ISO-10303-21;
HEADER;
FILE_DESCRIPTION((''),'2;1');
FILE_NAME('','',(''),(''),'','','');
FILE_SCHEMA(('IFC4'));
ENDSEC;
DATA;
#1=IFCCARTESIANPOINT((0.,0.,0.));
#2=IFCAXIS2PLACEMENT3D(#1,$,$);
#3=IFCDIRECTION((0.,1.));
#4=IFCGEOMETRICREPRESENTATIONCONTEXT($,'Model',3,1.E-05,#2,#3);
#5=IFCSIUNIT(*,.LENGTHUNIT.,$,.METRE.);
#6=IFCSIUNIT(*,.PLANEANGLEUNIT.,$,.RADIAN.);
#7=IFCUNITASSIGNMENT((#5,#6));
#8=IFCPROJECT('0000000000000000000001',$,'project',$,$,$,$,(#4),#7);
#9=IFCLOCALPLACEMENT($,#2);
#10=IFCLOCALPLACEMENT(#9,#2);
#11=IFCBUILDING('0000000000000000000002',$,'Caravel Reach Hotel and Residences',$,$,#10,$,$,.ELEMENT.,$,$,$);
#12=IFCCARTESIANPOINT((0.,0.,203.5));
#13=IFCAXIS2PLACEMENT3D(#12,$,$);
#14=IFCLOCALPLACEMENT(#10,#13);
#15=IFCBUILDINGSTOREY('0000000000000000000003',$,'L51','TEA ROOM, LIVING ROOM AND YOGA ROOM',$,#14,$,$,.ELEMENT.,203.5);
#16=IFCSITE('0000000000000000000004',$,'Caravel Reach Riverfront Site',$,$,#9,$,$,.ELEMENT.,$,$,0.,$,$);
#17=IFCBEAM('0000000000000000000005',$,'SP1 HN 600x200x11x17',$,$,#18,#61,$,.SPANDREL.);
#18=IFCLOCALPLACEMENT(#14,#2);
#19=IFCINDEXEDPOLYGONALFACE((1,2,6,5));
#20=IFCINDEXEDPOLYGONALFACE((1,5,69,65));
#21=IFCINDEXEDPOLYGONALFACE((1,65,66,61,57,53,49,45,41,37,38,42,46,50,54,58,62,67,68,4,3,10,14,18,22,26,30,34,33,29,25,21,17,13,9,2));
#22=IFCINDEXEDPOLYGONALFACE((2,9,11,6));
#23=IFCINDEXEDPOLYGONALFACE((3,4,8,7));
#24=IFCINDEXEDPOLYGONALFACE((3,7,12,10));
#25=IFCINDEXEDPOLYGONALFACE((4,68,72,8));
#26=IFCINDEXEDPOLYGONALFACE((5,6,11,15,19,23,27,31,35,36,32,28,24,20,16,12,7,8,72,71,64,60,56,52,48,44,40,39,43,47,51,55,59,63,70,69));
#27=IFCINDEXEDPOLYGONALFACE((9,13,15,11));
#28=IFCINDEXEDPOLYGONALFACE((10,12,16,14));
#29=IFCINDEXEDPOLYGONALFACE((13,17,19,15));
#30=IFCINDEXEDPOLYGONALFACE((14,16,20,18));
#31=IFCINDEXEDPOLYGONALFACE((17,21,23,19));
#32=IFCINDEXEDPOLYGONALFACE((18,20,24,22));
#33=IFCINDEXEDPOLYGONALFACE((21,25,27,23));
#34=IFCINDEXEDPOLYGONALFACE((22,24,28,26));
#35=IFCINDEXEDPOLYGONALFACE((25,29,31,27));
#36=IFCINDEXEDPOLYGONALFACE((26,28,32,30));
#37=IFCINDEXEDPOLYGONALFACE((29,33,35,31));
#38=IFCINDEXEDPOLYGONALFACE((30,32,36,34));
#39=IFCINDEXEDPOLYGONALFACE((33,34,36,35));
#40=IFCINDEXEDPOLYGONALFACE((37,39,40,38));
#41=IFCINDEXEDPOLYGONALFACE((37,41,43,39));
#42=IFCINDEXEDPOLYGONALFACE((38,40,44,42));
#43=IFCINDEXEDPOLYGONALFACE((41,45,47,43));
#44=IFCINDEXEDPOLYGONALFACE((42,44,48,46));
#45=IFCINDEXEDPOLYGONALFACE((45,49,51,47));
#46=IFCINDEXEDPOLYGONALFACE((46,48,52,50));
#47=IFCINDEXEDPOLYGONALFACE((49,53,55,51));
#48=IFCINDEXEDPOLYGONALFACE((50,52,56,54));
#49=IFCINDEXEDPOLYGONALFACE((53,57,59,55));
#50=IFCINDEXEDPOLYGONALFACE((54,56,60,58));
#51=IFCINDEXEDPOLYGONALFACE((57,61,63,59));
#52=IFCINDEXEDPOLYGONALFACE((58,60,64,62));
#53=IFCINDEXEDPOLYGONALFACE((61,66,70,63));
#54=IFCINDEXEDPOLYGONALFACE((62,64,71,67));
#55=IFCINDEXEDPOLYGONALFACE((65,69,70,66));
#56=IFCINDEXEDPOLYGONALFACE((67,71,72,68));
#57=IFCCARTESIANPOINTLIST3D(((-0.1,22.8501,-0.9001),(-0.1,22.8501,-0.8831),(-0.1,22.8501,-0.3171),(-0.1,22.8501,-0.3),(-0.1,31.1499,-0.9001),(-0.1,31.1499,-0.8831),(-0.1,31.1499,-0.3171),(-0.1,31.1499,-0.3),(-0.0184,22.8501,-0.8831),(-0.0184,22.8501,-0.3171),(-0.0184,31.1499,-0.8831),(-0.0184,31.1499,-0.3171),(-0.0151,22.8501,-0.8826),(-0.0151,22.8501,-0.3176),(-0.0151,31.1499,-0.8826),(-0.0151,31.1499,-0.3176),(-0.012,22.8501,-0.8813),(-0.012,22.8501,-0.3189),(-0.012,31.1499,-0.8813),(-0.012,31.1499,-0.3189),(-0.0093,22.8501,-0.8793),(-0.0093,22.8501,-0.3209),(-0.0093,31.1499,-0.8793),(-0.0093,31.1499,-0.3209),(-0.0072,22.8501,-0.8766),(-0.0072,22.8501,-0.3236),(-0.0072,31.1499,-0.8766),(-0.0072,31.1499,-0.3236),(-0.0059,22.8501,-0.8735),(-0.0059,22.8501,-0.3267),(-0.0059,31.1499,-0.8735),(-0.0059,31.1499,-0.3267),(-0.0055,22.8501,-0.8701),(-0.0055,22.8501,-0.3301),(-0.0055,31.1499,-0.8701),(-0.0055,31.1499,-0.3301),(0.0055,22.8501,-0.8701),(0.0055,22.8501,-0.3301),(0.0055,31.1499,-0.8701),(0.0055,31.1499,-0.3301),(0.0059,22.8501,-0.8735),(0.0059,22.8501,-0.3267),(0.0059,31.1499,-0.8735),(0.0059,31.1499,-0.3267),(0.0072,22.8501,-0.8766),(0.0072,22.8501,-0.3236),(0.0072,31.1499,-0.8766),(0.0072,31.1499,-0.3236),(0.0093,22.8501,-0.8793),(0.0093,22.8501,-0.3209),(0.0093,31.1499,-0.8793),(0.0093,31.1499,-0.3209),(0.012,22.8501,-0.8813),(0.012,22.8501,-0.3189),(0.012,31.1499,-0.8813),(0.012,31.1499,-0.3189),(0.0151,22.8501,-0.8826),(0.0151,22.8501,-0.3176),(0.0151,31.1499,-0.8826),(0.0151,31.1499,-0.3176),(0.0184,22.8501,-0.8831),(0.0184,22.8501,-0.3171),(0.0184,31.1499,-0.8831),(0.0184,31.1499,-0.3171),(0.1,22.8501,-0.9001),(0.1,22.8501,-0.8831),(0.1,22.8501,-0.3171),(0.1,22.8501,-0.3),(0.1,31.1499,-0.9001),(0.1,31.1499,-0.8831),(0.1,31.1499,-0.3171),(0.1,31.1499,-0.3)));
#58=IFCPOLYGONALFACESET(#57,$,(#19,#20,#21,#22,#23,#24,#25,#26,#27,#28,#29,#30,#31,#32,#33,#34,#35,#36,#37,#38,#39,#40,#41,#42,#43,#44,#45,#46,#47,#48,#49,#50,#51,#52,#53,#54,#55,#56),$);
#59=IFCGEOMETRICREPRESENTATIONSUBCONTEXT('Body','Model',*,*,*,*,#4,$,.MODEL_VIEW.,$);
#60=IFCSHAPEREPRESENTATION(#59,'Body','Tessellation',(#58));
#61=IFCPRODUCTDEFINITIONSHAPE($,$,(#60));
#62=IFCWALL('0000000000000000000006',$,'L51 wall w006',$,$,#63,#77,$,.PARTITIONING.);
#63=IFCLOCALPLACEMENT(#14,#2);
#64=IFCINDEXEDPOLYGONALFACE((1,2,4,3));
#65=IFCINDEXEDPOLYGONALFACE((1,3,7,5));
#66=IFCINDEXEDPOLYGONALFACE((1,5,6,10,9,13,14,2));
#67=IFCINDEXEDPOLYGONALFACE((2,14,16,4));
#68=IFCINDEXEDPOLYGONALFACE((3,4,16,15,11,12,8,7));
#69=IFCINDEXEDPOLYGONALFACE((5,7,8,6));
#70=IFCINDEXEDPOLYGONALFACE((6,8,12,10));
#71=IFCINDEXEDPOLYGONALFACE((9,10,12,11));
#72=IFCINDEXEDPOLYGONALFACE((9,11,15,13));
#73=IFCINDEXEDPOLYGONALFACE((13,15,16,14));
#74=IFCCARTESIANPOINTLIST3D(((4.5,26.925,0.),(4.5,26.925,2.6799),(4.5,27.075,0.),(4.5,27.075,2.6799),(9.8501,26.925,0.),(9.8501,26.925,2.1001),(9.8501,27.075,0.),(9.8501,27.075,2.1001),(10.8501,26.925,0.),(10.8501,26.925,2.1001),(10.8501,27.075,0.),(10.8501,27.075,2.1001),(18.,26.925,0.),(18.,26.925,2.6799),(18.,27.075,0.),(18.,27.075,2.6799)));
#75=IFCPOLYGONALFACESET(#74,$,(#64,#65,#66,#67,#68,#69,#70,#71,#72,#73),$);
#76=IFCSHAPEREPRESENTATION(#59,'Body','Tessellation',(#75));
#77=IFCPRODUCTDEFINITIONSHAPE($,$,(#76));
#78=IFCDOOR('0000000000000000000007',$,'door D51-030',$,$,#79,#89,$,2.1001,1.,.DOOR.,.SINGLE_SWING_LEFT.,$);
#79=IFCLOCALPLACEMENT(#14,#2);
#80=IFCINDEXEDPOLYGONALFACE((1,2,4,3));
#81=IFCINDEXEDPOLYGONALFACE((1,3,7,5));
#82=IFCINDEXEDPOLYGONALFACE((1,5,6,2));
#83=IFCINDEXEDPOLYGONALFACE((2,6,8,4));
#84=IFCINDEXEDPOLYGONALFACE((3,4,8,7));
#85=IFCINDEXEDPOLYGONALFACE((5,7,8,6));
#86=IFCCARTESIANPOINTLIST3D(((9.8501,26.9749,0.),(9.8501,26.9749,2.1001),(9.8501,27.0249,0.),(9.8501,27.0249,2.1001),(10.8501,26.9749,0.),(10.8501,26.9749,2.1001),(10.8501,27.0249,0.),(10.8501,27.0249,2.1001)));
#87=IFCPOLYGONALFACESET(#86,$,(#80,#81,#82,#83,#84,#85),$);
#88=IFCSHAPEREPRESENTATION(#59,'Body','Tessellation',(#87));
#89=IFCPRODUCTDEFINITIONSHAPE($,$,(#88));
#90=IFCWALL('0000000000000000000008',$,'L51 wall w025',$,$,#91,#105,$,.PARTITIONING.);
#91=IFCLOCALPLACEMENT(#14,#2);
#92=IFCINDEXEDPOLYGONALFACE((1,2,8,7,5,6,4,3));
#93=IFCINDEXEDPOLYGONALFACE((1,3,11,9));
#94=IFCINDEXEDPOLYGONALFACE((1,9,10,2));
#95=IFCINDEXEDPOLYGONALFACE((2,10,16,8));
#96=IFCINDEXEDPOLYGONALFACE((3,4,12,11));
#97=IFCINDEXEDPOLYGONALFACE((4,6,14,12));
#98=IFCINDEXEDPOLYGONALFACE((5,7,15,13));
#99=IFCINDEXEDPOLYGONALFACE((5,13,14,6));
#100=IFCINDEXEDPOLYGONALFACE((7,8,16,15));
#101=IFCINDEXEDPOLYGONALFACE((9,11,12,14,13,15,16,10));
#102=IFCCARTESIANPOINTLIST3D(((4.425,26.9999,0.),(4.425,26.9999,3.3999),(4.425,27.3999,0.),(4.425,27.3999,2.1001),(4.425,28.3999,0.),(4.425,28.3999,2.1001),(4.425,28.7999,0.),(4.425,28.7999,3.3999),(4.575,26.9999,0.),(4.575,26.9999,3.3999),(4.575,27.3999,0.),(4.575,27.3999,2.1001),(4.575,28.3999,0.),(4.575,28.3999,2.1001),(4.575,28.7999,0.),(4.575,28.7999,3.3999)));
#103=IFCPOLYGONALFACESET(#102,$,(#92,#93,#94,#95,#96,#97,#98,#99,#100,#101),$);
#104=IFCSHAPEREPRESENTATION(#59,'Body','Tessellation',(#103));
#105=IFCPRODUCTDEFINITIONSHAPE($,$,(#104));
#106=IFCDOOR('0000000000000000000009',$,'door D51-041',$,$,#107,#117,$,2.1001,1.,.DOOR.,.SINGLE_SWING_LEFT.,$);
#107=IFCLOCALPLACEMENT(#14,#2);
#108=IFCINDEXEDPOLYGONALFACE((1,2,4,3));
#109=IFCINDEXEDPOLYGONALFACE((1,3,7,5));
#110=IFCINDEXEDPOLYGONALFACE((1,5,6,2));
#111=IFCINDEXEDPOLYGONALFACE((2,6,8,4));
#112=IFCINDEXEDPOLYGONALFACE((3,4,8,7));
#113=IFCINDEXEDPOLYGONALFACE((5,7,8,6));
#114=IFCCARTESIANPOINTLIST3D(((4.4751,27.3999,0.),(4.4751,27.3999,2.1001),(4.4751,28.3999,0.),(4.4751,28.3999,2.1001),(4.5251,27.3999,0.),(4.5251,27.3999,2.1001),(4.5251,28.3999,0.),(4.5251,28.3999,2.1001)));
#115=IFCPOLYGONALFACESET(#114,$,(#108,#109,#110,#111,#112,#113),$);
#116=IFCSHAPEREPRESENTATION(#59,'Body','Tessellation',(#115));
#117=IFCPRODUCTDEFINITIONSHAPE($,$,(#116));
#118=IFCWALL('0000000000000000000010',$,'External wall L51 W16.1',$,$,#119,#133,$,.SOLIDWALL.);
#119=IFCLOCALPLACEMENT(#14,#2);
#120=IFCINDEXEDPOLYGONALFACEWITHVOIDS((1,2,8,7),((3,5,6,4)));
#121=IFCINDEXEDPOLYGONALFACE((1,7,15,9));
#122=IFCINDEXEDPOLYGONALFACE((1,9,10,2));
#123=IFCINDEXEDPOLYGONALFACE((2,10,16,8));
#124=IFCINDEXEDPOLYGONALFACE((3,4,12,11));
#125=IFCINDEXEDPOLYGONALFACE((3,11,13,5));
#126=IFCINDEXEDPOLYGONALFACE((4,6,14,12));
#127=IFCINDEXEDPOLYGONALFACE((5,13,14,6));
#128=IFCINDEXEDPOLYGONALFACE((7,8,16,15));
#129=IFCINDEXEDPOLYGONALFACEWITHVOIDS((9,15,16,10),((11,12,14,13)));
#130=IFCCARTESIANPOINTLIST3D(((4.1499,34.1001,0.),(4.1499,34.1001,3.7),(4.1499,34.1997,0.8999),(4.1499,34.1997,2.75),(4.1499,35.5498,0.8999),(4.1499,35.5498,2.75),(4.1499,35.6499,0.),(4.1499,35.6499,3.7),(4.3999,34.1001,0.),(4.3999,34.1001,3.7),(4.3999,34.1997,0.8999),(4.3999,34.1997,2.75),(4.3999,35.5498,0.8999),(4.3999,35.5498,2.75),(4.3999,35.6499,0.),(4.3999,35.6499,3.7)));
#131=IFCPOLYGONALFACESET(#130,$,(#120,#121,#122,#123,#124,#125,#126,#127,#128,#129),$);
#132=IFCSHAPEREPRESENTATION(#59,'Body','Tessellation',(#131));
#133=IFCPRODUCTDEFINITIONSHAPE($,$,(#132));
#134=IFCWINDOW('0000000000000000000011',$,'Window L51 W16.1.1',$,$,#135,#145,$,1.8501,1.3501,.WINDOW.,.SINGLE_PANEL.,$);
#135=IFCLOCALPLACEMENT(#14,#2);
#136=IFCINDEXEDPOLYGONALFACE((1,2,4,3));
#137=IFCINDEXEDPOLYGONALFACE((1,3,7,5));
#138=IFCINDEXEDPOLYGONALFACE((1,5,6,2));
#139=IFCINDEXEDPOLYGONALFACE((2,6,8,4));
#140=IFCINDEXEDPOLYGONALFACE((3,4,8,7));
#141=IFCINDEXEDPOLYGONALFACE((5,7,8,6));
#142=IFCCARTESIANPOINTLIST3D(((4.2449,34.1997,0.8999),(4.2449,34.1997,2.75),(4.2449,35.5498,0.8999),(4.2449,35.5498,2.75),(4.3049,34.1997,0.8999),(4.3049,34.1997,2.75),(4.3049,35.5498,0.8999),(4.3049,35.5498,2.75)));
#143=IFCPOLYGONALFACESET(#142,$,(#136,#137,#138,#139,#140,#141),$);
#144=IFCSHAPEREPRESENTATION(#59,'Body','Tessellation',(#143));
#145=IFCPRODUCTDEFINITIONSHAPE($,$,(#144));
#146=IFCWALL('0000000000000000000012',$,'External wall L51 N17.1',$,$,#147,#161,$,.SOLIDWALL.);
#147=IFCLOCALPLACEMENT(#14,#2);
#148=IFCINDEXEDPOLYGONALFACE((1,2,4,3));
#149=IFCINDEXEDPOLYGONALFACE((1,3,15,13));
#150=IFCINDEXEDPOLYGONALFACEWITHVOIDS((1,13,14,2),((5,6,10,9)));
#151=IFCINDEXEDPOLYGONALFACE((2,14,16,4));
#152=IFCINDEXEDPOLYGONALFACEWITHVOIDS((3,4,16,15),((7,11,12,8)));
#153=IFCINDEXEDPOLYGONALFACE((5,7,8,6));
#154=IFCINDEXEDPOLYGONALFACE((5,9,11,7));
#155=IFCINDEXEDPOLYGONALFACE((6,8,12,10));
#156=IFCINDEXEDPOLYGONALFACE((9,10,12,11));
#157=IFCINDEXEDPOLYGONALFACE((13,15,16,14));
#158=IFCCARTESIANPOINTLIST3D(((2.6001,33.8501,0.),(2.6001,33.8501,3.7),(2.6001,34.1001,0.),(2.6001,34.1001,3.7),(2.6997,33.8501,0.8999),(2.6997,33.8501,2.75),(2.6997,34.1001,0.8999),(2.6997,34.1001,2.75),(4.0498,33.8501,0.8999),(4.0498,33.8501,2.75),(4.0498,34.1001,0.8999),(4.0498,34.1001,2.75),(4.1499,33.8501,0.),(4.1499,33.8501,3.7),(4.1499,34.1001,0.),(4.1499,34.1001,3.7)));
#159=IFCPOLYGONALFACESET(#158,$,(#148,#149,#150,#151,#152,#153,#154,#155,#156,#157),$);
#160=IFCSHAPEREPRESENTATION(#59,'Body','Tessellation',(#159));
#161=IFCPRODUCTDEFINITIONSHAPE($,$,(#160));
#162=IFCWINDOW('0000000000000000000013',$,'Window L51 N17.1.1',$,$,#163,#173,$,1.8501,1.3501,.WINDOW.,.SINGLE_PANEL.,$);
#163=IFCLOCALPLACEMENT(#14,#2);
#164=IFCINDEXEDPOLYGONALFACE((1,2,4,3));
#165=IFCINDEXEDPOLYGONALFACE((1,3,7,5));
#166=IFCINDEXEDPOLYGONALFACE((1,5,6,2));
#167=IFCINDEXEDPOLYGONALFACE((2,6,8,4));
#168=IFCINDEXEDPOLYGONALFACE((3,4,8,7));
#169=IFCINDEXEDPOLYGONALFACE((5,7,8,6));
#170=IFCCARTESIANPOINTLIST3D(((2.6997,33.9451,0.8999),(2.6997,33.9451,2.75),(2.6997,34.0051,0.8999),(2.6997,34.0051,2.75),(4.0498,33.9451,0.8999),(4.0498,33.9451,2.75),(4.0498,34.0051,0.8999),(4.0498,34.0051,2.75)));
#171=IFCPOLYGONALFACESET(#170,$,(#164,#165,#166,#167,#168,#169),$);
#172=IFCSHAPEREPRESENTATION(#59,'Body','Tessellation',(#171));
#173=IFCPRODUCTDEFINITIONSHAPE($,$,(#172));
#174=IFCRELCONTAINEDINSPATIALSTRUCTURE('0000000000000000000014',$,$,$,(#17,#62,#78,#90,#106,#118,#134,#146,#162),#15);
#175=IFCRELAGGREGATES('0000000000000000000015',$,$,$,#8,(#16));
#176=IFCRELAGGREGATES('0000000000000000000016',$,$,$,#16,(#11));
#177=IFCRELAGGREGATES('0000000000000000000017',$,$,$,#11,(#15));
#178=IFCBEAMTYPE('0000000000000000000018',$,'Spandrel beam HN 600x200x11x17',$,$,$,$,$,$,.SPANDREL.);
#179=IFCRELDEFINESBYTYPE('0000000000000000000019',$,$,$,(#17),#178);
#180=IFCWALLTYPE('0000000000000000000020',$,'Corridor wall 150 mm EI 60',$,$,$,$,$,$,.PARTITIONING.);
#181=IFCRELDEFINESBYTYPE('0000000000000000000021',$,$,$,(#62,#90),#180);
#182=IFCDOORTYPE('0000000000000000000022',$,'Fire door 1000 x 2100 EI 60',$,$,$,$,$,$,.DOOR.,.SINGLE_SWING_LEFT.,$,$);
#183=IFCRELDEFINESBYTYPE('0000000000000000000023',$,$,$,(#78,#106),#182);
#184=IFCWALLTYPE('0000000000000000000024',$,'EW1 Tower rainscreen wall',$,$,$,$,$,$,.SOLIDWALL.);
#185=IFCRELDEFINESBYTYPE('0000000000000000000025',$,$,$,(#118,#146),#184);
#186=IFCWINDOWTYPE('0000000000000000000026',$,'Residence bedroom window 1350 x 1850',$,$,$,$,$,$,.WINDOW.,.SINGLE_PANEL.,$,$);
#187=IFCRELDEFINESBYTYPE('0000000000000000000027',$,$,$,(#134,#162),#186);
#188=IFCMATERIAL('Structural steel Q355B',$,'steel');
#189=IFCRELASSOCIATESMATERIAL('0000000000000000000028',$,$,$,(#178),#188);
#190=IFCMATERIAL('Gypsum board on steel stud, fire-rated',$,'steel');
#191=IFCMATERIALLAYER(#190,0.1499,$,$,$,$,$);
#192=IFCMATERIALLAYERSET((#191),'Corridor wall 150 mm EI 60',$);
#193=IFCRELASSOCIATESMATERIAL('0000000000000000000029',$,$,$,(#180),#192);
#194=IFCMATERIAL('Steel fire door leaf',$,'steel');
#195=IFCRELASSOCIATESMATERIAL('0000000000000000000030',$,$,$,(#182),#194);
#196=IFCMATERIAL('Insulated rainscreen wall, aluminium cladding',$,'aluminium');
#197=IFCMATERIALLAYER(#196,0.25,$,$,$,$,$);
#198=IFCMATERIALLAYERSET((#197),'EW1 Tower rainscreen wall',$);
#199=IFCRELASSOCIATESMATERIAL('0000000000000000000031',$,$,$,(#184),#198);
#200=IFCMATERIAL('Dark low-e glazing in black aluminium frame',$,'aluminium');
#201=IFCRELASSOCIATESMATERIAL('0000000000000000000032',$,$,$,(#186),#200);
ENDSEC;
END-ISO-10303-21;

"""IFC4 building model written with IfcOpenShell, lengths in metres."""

from ifc_helpers import new_model, si_unit, direction, frame, frame_2d, origin, origin_2d, place, context, subcontext, project, spatial, rectangle, i_section, extrude, material, layer, layer_set, material_profile, profile_set, type_object, element, fill, save


model = new_model("IFC4")

# Units and contexts
model_context = context("Model", 3, precision=1e-05, world=origin(), true_north=direction((0.0, 1.0)))
body_context = subcontext(model_context, "Body", "Model", "MODEL_VIEW")
ifc_project = project(units=[si_unit("LENGTHUNIT", "METRE"), si_unit("PLANEANGLEUNIT", "RADIAN")], contexts=[model_context])

# Site, building, storey
site_placement = place(None, origin())
site = spatial("IfcSite", under=ifc_project, at=site_placement, Name="Caravel Reach Riverfront Site", CompositionType="ELEMENT", RefElevation=0.0)
building_placement = place(site_placement, origin())
building = spatial("IfcBuilding", under=site, at=building_placement, Name="Caravel Reach Hotel and Residences", CompositionType="ELEMENT")
storey_placement = place(building_placement, frame((0.0, 0.0, 203.5)))
storey = spatial("IfcBuildingStorey", under=building, at=storey_placement, Name="L51", Description="TEA ROOM, LIVING ROOM AND YOGA ROOM", CompositionType="ELEMENT", Elevation=203.5)

# Beam
ifc_material_1 = material(Name="Structural steel Q355B", Category="steel")
ifc_material_profile_1 = material_profile(ifc_material_1, i_section(OverallWidth=0.2, OverallDepth=0.6001, WebThickness=0.011, FlangeThickness=0.0171, FilletRadius=0.0129, at=origin_2d()), Name="HN 600x200x11x17")
ifc_profile_set_1 = profile_set([ifc_material_profile_1], Name="Structural steel Q355B")
beam_type = type_object("IfcBeamType", Name="Spandrel beam HN 600x200x11x17", PredefinedType="SPANDREL", material=ifc_profile_set_1)
beam_placement = place(storey_placement, frame((0.0, 31.1499, -0.6001), z_axis=(0.0, -1.0, 0.0), x_axis=(1.0, 0.0, 0.0)))
element("IfcBeam", 1, at=beam_placement, inside=storey, type_object=beam_type, Name="SP1 HN 600x200x11x17", PredefinedType="SPANDREL", context=body_context, shape_type="SweptSolid", body=[
    extrude(i_section(OverallWidth=0.2, OverallDepth=0.6001, WebThickness=0.011, FlangeThickness=0.0171, FilletRadius=0.0129, at=origin_2d()), origin(), (0.0, 0.0, 1.0), 8.2998),
])

# Walls, openings, doors
ifc_material_2 = material(Name="Gypsum board on steel stud, fire-rated", Category="steel")
ifc_layer_1 = layer(ifc_material_2, 0.1499)
ifc_layer_set_1 = layer_set([ifc_layer_1], Name="Corridor wall 150 mm EI 60")
wall_type_1 = type_object("IfcWallType", Name="Corridor wall 150 mm EI 60", PredefinedType="PARTITIONING", material=ifc_layer_set_1)
wall_1_placement = place(storey_placement, frame((4.5, 27.0, 0.0), z_axis=(0.0, 0.0, 1.0), x_axis=(1.0, 0.0, 0.0)))
wall_1 = element("IfcWall", 2, at=wall_1_placement, inside=storey, type_object=wall_type_1, Name="L51 wall w006", PredefinedType="PARTITIONING", context=body_context, shape_type="SweptSolid", body=[
    extrude(rectangle(XDim=13.5, YDim=0.1499, at=frame_2d((6.75, 0.0))), origin(), (0.0, 0.0, 1.0), 2.6799),
])
opening_1_placement = place(wall_1_placement, frame((5.3501, 0.0, 0.0)))
opening_1 = element("IfcOpeningElement", 3, at=opening_1_placement, cuts=wall_1, PredefinedType="OPENING", context=body_context, shape_type="SweptSolid", body=[
    extrude(rectangle(XDim=1.0, YDim=2.1001, at=frame_2d((0.5, 1.05))), frame((0.0, 0.085, 0.0), z_axis=(0.0, -1.0, 0.0), x_axis=(1.0, 0.0, 0.0)), (0.0, 0.0, 1.0), 0.1699),
])
ifc_material_3 = material(Name="Steel fire door leaf", Category="steel")
door_type = type_object("IfcDoorType", Name="Fire door 1000 x 2100 EI 60", OperationType="SINGLE_SWING_LEFT", PredefinedType="DOOR", material=ifc_material_3)
door_1_placement = place(opening_1_placement, origin())
door_1 = element("IfcDoor", 4, at=door_1_placement, inside=storey, type_object=door_type, Name="door D51-030", OperationType="SINGLE_SWING_LEFT", OverallHeight=2.1001, OverallWidth=1.0, PredefinedType="DOOR", context=body_context, shape_type="SweptSolid", body=[
    extrude(rectangle(XDim=1.0, YDim=2.1001, at=frame_2d((0.5, 1.05))), frame((0.0, 0.0249, 0.0), z_axis=(0.0, -1.0, 0.0), x_axis=(1.0, 0.0, 0.0)), (0.0, 0.0, 1.0), 0.05),
])
fill(opening_1, door_1)
wall_2_placement = place(storey_placement, frame((4.5, 27.0, 0.0), z_axis=(0.0, 0.0, 1.0), x_axis=(0.0, 1.0, 0.0)))
wall_2 = element("IfcWall", 5, at=wall_2_placement, inside=storey, type_object=wall_type_1, Name="L51 wall w025", PredefinedType="PARTITIONING", context=body_context, shape_type="SweptSolid", body=[
    extrude(rectangle(XDim=1.8, YDim=0.1499, at=frame_2d((0.8999, 0.0))), origin(), (0.0, 0.0, 1.0), 3.3999),
])
opening_2_placement = place(wall_2_placement, frame((0.3999, 0.0, 0.0)))
opening_2 = element("IfcOpeningElement", 6, at=opening_2_placement, cuts=wall_2, PredefinedType="OPENING", context=body_context, shape_type="SweptSolid", body=[
    extrude(rectangle(XDim=1.0, YDim=2.1001, at=frame_2d((0.5, 1.05))), frame((0.0, 0.085, 0.0), z_axis=(0.0, -1.0, 0.0), x_axis=(1.0, 0.0, 0.0)), (0.0, 0.0, 1.0), 0.1699),
])
door_2_placement = place(opening_2_placement, origin())
door_2 = element("IfcDoor", 7, at=door_2_placement, inside=storey, type_object=door_type, Name="door D51-041", OperationType="SINGLE_SWING_LEFT", OverallHeight=2.1001, OverallWidth=1.0, PredefinedType="DOOR", context=body_context, shape_type="SweptSolid", body=[
    extrude(rectangle(XDim=1.0, YDim=2.1001, at=frame_2d((0.5, 1.05))), frame((0.0, 0.0249, 0.0), z_axis=(0.0, -1.0, 0.0), x_axis=(1.0, 0.0, 0.0)), (0.0, 0.0, 1.0), 0.05),
])
fill(opening_2, door_2)

# Walls, openings, windows
ifc_material_4 = material(Name="Insulated rainscreen wall, aluminium cladding", Category="aluminium")
ifc_layer_2 = layer(ifc_material_4, 0.25)
ifc_layer_set_2 = layer_set([ifc_layer_2], Name="EW1 Tower rainscreen wall")
wall_type_2 = type_object("IfcWallType", Name="EW1 Tower rainscreen wall", PredefinedType="SOLIDWALL", material=ifc_layer_set_2)
wall_3_placement = place(storey_placement, frame((4.2749, 35.6499, 0.0), z_axis=(0.0, 0.0, 1.0), x_axis=(0.0, -1.0, 0.0)))
wall_3 = element("IfcWall", 8, at=wall_3_placement, inside=storey, type_object=wall_type_2, Name="External wall L51 W16.1", PredefinedType="SOLIDWALL", context=body_context, shape_type="SweptSolid", body=[
    extrude(rectangle(XDim=1.5498, YDim=0.25, at=frame_2d((0.7749, 0.0))), origin(), (0.0, 0.0, 1.0), 3.7),
])
opening_3_placement = place(wall_3_placement, frame((0.1001, 0.0, 0.8999)))
opening_3 = element("IfcOpeningElement", 9, at=opening_3_placement, cuts=wall_3, PredefinedType="OPENING", context=body_context, shape_type="SweptSolid", body=[
    extrude(rectangle(XDim=1.3501, YDim=1.8501, at=frame_2d((0.675, 0.925))), frame((0.0, 0.135, 0.0), z_axis=(0.0, -1.0, 0.0), x_axis=(1.0, 0.0, 0.0)), (0.0, 0.0, 1.0), 0.27),
])
ifc_material_5 = material(Name="Dark low-e glazing in black aluminium frame", Category="aluminium")
window_type_1 = type_object("IfcWindowType", Name="Residence bedroom window 1350 x 1850", PartitioningType="SINGLE_PANEL", PredefinedType="WINDOW", material=ifc_material_5)
window_1_placement = place(opening_3_placement, origin())
window_1 = element("IfcWindow", 10, at=window_1_placement, inside=storey, type_object=window_type_1, Name="Window L51 W16.1.1", OverallHeight=1.8501, OverallWidth=1.3501, PartitioningType="SINGLE_PANEL", PredefinedType="WINDOW", context=body_context, shape_type="SweptSolid", body=[
    extrude(rectangle(XDim=1.3501, YDim=1.8501, at=frame_2d((0.675, 0.925))), frame((0.0, 0.03, 0.0), z_axis=(0.0, -1.0, 0.0), x_axis=(1.0, 0.0, 0.0)), (0.0, 0.0, 1.0), 0.0601),
])
fill(opening_3, window_1)
wall_4_placement = place(storey_placement, frame((4.1499, 33.9751, 0.0), z_axis=(0.0, 0.0, 1.0), x_axis=(-1.0, 0.0, 0.0)))
wall_4 = element("IfcWall", 11, at=wall_4_placement, inside=storey, type_object=wall_type_2, Name="External wall L51 N17.1", PredefinedType="SOLIDWALL", context=body_context, shape_type="SweptSolid", body=[
    extrude(rectangle(XDim=1.5498, YDim=0.25, at=frame_2d((0.7749, 0.0))), origin(), (0.0, 0.0, 1.0), 3.7),
])
opening_4_placement = place(wall_4_placement, frame((0.1001, 0.0, 0.8999)))
opening_4 = element("IfcOpeningElement", 12, at=opening_4_placement, cuts=wall_4, PredefinedType="OPENING", context=body_context, shape_type="SweptSolid", body=[
    extrude(rectangle(XDim=1.3501, YDim=1.8501, at=frame_2d((0.675, 0.925))), frame((0.0, 0.135, 0.0), z_axis=(0.0, -1.0, 0.0), x_axis=(1.0, 0.0, 0.0)), (0.0, 0.0, 1.0), 0.27),
])
window_2_placement = place(opening_4_placement, origin())
window_2 = element("IfcWindow", 13, at=window_2_placement, inside=storey, type_object=window_type_1, Name="Window L51 N17.1.1", OverallHeight=1.8501, OverallWidth=1.3501, PartitioningType="SINGLE_PANEL", PredefinedType="WINDOW", context=body_context, shape_type="SweptSolid", body=[
    extrude(rectangle(XDim=1.3501, YDim=1.8501, at=frame_2d((0.675, 0.925))), frame((0.0, 0.03, 0.0), z_axis=(0.0, -1.0, 0.0), x_axis=(1.0, 0.0, 0.0)), (0.0, 0.0, 1.0), 0.0601),
])
fill(opening_4, window_2)

save(model, "model.ifc")
